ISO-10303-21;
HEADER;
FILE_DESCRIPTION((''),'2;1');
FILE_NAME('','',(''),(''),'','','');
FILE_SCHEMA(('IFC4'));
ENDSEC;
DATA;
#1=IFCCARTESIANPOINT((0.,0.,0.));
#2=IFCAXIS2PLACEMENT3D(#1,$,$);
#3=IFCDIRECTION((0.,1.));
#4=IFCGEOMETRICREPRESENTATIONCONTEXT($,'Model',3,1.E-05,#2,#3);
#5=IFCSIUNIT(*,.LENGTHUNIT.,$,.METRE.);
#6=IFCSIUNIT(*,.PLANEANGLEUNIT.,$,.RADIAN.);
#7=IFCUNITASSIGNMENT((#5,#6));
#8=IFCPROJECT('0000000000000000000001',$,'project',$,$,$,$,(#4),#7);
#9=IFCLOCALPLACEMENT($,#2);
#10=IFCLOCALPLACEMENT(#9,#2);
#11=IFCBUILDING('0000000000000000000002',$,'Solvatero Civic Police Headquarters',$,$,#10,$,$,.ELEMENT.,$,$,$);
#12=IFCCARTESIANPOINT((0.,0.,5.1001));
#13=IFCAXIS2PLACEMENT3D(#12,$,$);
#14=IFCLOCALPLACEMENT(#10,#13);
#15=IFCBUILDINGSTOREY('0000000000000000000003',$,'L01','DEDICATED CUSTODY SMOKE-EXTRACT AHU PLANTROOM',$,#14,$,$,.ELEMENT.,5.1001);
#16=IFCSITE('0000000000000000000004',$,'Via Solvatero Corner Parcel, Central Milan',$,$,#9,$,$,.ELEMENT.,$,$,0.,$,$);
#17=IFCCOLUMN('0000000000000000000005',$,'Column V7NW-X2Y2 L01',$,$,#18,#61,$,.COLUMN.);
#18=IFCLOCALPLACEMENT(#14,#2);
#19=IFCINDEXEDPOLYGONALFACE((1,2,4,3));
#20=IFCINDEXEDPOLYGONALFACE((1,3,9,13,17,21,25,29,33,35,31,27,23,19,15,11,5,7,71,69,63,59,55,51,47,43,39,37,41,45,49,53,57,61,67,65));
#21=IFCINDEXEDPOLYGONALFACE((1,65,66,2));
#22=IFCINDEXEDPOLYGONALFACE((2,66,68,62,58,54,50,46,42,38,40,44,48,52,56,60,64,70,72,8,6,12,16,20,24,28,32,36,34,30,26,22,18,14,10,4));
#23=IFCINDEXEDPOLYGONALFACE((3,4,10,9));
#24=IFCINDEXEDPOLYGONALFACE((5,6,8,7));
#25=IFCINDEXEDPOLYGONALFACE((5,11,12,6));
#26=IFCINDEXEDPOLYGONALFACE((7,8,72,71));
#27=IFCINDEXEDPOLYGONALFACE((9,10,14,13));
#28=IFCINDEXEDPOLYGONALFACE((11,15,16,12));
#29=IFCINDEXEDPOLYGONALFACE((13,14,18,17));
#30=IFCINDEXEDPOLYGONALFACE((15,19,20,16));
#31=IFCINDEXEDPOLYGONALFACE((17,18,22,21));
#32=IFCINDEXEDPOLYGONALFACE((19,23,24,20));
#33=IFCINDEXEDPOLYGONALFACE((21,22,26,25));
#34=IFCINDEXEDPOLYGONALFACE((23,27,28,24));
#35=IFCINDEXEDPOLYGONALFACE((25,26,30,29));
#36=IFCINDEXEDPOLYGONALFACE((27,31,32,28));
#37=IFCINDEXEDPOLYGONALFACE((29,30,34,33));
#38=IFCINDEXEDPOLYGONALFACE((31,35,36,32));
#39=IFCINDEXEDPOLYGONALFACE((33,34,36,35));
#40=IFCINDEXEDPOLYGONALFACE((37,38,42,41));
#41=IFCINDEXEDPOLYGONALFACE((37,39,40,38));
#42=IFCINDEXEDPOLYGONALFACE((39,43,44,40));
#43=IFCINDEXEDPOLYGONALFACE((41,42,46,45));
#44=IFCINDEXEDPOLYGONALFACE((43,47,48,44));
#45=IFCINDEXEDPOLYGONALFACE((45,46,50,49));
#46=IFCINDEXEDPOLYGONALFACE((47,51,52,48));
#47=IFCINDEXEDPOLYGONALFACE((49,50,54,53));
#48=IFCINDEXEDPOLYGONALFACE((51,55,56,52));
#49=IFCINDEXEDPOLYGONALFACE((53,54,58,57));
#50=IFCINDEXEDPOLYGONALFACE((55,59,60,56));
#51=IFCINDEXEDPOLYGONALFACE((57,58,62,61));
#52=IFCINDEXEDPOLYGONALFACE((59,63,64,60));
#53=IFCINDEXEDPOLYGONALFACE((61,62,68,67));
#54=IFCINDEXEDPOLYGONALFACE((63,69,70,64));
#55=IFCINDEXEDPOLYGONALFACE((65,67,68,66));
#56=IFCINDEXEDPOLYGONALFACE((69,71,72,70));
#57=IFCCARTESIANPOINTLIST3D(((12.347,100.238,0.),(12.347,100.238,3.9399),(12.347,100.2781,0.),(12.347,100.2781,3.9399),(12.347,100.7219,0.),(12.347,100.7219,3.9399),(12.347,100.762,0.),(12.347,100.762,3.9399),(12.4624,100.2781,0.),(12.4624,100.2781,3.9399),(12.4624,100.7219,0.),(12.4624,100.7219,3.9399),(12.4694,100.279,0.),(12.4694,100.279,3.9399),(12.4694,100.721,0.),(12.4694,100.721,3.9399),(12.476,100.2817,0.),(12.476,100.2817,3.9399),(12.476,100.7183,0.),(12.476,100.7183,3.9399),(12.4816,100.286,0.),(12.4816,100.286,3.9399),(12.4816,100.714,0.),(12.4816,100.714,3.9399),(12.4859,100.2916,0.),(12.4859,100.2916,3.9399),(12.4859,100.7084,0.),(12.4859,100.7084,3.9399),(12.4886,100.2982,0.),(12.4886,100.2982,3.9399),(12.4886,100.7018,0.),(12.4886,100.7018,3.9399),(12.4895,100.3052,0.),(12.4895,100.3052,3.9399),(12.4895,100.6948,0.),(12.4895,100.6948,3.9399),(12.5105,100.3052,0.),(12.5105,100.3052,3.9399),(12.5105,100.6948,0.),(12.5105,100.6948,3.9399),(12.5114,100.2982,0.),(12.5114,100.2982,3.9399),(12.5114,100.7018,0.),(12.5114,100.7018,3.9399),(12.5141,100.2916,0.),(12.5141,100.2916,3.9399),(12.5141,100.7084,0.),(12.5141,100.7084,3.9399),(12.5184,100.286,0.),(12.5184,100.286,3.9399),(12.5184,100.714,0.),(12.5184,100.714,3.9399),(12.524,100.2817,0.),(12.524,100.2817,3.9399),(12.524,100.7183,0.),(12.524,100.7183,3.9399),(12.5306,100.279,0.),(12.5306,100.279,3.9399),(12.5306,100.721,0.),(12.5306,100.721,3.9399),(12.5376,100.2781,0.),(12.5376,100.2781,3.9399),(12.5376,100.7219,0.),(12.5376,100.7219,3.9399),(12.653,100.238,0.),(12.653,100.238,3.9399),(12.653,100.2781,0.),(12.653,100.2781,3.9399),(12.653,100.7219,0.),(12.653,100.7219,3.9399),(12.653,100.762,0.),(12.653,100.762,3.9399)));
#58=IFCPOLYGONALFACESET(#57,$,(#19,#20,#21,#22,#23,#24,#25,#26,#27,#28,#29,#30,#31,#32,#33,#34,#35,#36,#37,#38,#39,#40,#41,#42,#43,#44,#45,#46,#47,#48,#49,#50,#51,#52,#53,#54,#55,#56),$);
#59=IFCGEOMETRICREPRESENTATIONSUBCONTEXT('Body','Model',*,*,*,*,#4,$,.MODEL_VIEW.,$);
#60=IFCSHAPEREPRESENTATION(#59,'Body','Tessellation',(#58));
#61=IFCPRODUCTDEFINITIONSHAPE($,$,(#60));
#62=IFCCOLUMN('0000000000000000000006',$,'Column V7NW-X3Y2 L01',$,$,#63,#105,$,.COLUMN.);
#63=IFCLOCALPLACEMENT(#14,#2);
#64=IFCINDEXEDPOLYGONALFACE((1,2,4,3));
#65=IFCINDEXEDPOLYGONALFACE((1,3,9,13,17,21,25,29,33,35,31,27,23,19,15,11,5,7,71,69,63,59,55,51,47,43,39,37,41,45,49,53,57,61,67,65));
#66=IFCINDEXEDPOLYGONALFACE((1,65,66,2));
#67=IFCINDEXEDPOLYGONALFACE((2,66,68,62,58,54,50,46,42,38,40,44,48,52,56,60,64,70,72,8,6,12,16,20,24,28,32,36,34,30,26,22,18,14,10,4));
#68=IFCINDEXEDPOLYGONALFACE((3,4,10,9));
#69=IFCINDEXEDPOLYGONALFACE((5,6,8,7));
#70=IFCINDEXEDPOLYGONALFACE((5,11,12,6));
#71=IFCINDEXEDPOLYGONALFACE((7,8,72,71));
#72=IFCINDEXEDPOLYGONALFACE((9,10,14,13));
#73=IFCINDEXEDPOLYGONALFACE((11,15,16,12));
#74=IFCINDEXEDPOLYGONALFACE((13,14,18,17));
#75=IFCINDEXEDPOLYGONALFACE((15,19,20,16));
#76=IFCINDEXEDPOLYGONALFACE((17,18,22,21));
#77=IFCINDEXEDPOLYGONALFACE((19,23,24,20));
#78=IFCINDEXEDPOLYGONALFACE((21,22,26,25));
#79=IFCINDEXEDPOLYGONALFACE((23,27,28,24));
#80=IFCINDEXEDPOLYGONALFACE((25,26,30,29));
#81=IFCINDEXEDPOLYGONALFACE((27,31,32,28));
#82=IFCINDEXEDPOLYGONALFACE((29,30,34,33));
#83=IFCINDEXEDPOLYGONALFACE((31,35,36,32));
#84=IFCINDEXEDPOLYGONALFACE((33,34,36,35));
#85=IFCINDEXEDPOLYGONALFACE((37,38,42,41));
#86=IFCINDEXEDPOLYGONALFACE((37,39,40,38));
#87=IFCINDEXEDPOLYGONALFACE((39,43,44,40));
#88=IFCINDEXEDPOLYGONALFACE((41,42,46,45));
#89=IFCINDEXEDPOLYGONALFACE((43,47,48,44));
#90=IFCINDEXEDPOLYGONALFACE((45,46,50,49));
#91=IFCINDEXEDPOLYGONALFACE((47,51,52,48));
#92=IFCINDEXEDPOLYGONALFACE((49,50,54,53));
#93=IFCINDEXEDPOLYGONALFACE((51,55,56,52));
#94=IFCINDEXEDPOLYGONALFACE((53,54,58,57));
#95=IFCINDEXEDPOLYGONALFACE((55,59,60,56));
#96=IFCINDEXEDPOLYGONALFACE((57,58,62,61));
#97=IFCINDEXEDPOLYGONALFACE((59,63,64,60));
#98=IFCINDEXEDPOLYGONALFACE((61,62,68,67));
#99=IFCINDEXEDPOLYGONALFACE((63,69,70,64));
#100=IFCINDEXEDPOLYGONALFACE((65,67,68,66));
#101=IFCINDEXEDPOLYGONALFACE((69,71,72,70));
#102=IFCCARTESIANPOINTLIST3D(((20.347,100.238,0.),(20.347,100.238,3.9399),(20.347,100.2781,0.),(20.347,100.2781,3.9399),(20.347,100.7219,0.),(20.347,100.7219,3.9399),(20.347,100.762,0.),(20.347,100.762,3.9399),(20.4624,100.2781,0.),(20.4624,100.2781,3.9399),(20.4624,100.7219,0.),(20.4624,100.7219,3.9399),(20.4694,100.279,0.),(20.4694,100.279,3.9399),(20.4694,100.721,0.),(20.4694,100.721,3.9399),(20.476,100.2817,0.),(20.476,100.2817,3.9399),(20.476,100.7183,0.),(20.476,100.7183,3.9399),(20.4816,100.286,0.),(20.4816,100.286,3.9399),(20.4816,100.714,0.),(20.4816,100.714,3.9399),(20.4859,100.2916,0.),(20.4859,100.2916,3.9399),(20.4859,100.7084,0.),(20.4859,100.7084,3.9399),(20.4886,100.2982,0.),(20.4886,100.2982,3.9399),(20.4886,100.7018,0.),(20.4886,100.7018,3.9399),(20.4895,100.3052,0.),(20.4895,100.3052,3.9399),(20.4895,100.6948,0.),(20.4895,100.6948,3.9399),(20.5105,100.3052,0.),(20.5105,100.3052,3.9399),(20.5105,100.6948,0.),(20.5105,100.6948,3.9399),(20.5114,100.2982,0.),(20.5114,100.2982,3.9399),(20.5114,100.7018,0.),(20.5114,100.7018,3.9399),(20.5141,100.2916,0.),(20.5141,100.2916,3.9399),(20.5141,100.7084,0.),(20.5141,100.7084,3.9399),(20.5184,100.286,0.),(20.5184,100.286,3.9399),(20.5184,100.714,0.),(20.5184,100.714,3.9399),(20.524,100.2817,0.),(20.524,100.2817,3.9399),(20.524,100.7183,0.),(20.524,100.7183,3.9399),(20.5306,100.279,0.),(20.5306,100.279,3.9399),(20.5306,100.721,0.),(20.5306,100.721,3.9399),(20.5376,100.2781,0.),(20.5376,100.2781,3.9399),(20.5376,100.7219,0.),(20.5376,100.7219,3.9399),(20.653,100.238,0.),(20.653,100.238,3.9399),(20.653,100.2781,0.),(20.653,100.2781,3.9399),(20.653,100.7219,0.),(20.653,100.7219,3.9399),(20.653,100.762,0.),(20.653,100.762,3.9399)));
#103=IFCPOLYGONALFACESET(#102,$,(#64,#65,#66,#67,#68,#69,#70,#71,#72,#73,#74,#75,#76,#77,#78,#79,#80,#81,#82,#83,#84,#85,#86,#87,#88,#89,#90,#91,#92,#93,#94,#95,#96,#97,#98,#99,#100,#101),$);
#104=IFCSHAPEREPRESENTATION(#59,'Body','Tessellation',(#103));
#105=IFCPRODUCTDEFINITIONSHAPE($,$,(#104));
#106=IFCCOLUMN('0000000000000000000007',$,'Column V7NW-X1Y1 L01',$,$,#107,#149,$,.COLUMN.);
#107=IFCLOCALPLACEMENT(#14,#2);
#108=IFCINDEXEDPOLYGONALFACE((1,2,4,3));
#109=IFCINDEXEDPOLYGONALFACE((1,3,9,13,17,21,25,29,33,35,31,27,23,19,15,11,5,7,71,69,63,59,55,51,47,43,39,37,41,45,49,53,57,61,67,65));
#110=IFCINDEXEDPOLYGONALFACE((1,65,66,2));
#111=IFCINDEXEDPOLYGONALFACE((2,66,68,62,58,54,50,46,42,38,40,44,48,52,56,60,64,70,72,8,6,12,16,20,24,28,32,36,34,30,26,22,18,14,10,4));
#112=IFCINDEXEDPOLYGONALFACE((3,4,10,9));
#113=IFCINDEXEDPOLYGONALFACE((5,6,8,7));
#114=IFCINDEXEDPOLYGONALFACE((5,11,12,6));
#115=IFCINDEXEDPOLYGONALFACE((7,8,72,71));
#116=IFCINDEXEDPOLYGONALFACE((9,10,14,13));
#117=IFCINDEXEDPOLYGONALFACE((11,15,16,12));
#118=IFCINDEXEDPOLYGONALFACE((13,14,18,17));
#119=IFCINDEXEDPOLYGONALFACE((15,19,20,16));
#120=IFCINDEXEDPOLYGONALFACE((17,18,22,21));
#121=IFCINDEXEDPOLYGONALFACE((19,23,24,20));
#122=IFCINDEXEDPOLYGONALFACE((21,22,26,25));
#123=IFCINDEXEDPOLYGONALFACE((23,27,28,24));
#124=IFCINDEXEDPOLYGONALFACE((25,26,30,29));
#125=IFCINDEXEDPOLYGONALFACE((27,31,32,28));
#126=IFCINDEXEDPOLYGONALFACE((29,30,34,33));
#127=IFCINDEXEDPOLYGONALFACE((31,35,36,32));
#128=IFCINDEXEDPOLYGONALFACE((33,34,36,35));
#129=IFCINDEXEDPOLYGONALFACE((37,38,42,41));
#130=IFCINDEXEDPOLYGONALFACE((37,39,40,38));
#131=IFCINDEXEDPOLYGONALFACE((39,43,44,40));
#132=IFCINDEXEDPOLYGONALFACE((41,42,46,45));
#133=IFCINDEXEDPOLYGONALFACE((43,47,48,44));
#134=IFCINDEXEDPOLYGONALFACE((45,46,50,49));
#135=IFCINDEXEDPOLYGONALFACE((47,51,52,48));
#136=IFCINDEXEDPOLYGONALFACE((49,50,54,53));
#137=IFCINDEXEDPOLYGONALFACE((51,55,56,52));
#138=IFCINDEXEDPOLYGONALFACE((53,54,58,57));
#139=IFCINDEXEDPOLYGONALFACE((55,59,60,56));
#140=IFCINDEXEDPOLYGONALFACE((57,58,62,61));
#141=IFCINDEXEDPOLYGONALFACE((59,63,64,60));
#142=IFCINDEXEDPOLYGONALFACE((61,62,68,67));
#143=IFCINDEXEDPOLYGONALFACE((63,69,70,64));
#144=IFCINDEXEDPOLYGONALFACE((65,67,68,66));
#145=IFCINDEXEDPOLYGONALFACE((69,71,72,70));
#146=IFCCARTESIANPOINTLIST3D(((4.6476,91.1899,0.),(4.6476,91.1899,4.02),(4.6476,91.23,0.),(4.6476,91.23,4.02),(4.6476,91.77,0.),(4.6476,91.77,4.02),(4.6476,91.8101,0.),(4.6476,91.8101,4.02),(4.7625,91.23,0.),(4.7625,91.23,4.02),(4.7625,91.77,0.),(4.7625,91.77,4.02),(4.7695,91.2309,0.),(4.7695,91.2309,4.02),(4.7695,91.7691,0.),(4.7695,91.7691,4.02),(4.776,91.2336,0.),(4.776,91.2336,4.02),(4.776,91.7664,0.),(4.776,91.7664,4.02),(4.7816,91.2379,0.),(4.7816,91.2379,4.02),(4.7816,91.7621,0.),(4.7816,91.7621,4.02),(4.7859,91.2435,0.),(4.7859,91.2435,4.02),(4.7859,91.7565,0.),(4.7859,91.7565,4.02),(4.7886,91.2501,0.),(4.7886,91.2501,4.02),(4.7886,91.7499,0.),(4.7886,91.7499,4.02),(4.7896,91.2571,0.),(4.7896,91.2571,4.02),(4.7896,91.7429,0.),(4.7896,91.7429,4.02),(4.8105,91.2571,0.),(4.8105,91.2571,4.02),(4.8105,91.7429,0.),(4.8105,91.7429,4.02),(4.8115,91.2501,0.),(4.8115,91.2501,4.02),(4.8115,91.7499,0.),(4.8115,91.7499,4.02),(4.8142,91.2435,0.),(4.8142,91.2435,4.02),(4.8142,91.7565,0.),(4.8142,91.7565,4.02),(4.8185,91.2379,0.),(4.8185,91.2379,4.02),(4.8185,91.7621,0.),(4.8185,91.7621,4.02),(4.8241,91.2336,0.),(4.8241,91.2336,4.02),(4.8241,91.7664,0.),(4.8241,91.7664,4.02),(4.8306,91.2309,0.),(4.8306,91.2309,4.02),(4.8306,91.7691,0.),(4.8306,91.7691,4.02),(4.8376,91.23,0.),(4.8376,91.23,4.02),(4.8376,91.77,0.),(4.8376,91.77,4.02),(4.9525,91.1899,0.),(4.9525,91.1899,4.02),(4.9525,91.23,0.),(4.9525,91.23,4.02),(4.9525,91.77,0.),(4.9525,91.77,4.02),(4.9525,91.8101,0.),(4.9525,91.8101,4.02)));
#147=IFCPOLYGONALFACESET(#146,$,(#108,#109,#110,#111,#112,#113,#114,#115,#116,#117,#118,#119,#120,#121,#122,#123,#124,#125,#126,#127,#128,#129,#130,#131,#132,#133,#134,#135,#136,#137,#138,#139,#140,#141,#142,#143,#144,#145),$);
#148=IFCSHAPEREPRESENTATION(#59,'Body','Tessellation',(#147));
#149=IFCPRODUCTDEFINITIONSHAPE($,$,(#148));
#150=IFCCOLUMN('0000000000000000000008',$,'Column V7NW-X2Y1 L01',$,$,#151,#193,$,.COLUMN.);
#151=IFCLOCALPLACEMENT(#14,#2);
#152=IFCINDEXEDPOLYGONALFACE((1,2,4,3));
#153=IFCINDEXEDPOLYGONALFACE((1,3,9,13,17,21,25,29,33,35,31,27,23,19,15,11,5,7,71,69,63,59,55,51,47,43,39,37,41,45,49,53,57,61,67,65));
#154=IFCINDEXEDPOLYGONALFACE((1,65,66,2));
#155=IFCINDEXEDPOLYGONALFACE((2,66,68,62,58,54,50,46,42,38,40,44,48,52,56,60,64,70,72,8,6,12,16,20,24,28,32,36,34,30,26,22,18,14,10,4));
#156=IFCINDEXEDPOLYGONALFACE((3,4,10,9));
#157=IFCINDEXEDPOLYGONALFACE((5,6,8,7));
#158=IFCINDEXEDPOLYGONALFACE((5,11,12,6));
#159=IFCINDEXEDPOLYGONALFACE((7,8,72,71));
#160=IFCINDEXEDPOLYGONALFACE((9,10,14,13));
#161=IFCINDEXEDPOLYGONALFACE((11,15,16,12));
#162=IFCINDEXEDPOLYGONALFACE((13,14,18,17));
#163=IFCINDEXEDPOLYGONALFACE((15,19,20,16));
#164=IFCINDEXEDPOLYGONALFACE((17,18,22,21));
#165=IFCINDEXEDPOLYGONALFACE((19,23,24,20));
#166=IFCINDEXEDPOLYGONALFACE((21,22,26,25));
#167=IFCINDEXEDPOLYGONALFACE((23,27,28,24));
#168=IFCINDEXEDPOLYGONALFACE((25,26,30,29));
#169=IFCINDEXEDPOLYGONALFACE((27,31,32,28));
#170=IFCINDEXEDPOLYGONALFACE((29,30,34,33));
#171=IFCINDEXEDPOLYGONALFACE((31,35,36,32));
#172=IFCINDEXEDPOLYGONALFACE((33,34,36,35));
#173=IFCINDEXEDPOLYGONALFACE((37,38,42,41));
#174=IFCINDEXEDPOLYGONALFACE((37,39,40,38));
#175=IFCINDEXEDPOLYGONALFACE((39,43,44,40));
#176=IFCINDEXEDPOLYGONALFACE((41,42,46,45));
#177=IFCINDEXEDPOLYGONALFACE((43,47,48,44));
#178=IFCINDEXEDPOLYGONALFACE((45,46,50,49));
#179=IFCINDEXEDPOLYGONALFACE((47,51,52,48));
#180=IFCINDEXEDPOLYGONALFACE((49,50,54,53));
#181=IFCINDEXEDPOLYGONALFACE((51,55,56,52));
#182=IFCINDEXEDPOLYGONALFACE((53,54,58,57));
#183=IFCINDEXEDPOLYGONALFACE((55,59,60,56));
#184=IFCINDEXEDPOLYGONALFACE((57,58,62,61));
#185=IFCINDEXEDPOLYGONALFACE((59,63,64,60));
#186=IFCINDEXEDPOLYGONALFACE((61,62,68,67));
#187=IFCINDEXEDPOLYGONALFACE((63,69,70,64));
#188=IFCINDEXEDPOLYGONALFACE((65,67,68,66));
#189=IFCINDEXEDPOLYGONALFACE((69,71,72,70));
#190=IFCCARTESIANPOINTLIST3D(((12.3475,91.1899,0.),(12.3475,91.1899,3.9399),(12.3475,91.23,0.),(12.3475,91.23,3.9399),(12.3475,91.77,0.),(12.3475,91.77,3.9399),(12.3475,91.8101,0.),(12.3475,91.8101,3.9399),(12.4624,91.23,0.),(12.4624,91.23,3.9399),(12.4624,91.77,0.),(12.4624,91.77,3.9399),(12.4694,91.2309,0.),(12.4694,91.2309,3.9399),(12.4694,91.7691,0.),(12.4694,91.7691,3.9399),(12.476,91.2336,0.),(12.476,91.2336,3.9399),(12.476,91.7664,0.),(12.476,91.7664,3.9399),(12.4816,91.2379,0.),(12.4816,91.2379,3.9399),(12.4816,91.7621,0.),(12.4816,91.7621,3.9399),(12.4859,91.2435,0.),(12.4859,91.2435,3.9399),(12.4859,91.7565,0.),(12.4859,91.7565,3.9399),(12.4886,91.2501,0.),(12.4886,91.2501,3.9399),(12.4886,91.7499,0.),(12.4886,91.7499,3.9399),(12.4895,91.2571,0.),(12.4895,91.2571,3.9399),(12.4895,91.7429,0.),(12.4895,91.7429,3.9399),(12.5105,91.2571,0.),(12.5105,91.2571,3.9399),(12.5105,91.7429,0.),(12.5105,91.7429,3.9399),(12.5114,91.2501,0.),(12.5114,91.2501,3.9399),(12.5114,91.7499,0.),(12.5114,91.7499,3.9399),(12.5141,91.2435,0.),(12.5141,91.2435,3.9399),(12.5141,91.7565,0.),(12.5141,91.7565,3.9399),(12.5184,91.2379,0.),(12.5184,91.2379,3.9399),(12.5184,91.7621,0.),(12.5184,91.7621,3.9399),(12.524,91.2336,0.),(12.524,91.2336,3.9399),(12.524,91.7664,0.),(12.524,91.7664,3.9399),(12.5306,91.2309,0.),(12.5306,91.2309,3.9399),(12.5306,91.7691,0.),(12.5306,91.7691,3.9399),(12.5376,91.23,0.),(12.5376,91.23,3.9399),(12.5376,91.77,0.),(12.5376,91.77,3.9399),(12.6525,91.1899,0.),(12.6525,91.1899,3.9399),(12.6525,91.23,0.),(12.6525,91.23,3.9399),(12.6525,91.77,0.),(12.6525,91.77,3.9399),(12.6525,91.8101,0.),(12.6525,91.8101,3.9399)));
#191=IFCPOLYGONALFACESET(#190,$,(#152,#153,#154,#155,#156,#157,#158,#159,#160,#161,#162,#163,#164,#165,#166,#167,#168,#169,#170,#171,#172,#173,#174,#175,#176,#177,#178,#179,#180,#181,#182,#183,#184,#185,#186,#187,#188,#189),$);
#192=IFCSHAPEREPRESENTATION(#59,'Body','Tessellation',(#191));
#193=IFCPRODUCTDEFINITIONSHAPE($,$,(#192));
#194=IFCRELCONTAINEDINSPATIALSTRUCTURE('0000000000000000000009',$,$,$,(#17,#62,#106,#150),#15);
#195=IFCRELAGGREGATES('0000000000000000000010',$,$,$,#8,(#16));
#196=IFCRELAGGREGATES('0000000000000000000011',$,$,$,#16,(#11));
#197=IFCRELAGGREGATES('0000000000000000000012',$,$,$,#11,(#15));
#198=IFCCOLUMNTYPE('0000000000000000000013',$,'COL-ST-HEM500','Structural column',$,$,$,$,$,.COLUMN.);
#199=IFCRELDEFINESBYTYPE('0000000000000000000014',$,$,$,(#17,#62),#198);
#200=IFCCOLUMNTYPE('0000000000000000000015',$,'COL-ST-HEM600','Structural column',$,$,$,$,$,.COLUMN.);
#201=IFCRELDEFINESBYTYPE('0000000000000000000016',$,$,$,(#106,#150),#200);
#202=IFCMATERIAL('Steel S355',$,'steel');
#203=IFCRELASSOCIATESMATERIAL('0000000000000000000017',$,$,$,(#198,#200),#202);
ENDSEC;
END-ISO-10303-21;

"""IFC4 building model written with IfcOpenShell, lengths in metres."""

from ifc_helpers import new_model, si_unit, direction, frame, origin, origin_2d, place, context, subcontext, project, spatial, i_section, extrude, material, material_profile, profile_set, type_object, element, save


model = new_model("IFC4")

# Units and contexts
model_context = context("Model", 3, precision=1e-05, world=origin(), true_north=direction((0.0, 1.0)))
body_context = subcontext(model_context, "Body", "Model", "MODEL_VIEW")
ifc_project = project(units=[si_unit("LENGTHUNIT", "METRE"), si_unit("PLANEANGLEUNIT", "RADIAN")], contexts=[model_context])

# Site, building, storey
site_placement = place(None, origin())
site = spatial("IfcSite", under=ifc_project, at=site_placement, Name="Via Solvatero Corner Parcel, Central Milan", CompositionType="ELEMENT", RefElevation=0.0)
building_placement = place(site_placement, origin())
building = spatial("IfcBuilding", under=site, at=building_placement, Name="Solvatero Civic Police Headquarters", CompositionType="ELEMENT")
storey_placement = place(building_placement, frame((0.0, 0.0, 5.1001)))
storey = spatial("IfcBuildingStorey", under=building, at=storey_placement, Name="L01", Description="DEDICATED CUSTODY SMOKE-EXTRACT AHU PLANTROOM", CompositionType="ELEMENT", Elevation=5.1001)

# Columns
ifc_material_1 = material(Name="Steel S355", Category="steel")
ifc_material_profile_1 = material_profile(ifc_material_1, i_section(OverallWidth=0.3059, OverallDepth=0.5239, WebThickness=0.021, FlangeThickness=0.04, FilletRadius=0.0271, at=origin_2d()), Name="HEM 500")
ifc_profile_set_1 = profile_set([ifc_material_profile_1], Name="Steel S355")
column_type_1 = type_object("IfcColumnType", Name="COL-ST-HEM500", Description="Structural column", PredefinedType="COLUMN", material=ifc_profile_set_1)
for number, where, z_axis, x_axis, name in (
    (1, (12.5, 100.5, 0.0), (0.0, 0.0, 1.0), (1.0, 0.0, 0.0), "Column V7NW-X2Y2 L01"),
    (2, (20.5, 100.5, 0.0), (0.0, 0.0, 1.0), (1.0, 0.0, 0.0), "Column V7NW-X3Y2 L01"),
):
    element("IfcColumn", number, at=place(storey_placement, frame(where, z_axis=z_axis, x_axis=x_axis)), inside=storey, type_object=column_type_1, Name=name, PredefinedType="COLUMN", context=body_context, shape_type="SweptSolid", body=[
        extrude(i_section(OverallWidth=0.3059, OverallDepth=0.5239, WebThickness=0.021, FlangeThickness=0.04, FilletRadius=0.0271, at=origin_2d()), origin(), (0.0, 0.0, 1.0), 3.9399),
    ])
ifc_material_profile_2 = material_profile(ifc_material_1, i_section(OverallWidth=0.3049, OverallDepth=0.6201, WebThickness=0.021, FlangeThickness=0.04, FilletRadius=0.0271, at=origin_2d()), Name="HEM 600")
ifc_profile_set_2 = profile_set([ifc_material_profile_2], Name="Steel S355")
column_type_2 = type_object("IfcColumnType", Name="COL-ST-HEM600", Description="Structural column", PredefinedType="COLUMN", material=ifc_profile_set_2)
column_1_placement = place(storey_placement, frame((4.8, 91.5, 0.0), z_axis=(0.0, 0.0, 1.0), x_axis=(1.0, 0.0, 0.0)))
element("IfcColumn", 3, at=column_1_placement, inside=storey, type_object=column_type_2, Name="Column V7NW-X1Y1 L01", PredefinedType="COLUMN", context=body_context, shape_type="SweptSolid", body=[
    extrude(i_section(OverallWidth=0.3049, OverallDepth=0.6201, WebThickness=0.021, FlangeThickness=0.04, FilletRadius=0.0271, at=origin_2d()), origin(), (0.0, 0.0, 1.0), 4.02),
])
for number, where, z_axis, x_axis, name in (
    (4, (12.5, 91.5, 0.0), (0.0, 0.0, 1.0), (1.0, 0.0, 0.0), "Column V7NW-X2Y1 L01"),
):
    element("IfcColumn", number, at=place(storey_placement, frame(where, z_axis=z_axis, x_axis=x_axis)), inside=storey, type_object=column_type_2, Name=name, PredefinedType="COLUMN", context=body_context, shape_type="SweptSolid", body=[
        extrude(i_section(OverallWidth=0.3049, OverallDepth=0.6201, WebThickness=0.021, FlangeThickness=0.04, FilletRadius=0.0271, at=origin_2d()), origin(), (0.0, 0.0, 1.0), 3.9399),
    ])

save(model, "model.ifc")
